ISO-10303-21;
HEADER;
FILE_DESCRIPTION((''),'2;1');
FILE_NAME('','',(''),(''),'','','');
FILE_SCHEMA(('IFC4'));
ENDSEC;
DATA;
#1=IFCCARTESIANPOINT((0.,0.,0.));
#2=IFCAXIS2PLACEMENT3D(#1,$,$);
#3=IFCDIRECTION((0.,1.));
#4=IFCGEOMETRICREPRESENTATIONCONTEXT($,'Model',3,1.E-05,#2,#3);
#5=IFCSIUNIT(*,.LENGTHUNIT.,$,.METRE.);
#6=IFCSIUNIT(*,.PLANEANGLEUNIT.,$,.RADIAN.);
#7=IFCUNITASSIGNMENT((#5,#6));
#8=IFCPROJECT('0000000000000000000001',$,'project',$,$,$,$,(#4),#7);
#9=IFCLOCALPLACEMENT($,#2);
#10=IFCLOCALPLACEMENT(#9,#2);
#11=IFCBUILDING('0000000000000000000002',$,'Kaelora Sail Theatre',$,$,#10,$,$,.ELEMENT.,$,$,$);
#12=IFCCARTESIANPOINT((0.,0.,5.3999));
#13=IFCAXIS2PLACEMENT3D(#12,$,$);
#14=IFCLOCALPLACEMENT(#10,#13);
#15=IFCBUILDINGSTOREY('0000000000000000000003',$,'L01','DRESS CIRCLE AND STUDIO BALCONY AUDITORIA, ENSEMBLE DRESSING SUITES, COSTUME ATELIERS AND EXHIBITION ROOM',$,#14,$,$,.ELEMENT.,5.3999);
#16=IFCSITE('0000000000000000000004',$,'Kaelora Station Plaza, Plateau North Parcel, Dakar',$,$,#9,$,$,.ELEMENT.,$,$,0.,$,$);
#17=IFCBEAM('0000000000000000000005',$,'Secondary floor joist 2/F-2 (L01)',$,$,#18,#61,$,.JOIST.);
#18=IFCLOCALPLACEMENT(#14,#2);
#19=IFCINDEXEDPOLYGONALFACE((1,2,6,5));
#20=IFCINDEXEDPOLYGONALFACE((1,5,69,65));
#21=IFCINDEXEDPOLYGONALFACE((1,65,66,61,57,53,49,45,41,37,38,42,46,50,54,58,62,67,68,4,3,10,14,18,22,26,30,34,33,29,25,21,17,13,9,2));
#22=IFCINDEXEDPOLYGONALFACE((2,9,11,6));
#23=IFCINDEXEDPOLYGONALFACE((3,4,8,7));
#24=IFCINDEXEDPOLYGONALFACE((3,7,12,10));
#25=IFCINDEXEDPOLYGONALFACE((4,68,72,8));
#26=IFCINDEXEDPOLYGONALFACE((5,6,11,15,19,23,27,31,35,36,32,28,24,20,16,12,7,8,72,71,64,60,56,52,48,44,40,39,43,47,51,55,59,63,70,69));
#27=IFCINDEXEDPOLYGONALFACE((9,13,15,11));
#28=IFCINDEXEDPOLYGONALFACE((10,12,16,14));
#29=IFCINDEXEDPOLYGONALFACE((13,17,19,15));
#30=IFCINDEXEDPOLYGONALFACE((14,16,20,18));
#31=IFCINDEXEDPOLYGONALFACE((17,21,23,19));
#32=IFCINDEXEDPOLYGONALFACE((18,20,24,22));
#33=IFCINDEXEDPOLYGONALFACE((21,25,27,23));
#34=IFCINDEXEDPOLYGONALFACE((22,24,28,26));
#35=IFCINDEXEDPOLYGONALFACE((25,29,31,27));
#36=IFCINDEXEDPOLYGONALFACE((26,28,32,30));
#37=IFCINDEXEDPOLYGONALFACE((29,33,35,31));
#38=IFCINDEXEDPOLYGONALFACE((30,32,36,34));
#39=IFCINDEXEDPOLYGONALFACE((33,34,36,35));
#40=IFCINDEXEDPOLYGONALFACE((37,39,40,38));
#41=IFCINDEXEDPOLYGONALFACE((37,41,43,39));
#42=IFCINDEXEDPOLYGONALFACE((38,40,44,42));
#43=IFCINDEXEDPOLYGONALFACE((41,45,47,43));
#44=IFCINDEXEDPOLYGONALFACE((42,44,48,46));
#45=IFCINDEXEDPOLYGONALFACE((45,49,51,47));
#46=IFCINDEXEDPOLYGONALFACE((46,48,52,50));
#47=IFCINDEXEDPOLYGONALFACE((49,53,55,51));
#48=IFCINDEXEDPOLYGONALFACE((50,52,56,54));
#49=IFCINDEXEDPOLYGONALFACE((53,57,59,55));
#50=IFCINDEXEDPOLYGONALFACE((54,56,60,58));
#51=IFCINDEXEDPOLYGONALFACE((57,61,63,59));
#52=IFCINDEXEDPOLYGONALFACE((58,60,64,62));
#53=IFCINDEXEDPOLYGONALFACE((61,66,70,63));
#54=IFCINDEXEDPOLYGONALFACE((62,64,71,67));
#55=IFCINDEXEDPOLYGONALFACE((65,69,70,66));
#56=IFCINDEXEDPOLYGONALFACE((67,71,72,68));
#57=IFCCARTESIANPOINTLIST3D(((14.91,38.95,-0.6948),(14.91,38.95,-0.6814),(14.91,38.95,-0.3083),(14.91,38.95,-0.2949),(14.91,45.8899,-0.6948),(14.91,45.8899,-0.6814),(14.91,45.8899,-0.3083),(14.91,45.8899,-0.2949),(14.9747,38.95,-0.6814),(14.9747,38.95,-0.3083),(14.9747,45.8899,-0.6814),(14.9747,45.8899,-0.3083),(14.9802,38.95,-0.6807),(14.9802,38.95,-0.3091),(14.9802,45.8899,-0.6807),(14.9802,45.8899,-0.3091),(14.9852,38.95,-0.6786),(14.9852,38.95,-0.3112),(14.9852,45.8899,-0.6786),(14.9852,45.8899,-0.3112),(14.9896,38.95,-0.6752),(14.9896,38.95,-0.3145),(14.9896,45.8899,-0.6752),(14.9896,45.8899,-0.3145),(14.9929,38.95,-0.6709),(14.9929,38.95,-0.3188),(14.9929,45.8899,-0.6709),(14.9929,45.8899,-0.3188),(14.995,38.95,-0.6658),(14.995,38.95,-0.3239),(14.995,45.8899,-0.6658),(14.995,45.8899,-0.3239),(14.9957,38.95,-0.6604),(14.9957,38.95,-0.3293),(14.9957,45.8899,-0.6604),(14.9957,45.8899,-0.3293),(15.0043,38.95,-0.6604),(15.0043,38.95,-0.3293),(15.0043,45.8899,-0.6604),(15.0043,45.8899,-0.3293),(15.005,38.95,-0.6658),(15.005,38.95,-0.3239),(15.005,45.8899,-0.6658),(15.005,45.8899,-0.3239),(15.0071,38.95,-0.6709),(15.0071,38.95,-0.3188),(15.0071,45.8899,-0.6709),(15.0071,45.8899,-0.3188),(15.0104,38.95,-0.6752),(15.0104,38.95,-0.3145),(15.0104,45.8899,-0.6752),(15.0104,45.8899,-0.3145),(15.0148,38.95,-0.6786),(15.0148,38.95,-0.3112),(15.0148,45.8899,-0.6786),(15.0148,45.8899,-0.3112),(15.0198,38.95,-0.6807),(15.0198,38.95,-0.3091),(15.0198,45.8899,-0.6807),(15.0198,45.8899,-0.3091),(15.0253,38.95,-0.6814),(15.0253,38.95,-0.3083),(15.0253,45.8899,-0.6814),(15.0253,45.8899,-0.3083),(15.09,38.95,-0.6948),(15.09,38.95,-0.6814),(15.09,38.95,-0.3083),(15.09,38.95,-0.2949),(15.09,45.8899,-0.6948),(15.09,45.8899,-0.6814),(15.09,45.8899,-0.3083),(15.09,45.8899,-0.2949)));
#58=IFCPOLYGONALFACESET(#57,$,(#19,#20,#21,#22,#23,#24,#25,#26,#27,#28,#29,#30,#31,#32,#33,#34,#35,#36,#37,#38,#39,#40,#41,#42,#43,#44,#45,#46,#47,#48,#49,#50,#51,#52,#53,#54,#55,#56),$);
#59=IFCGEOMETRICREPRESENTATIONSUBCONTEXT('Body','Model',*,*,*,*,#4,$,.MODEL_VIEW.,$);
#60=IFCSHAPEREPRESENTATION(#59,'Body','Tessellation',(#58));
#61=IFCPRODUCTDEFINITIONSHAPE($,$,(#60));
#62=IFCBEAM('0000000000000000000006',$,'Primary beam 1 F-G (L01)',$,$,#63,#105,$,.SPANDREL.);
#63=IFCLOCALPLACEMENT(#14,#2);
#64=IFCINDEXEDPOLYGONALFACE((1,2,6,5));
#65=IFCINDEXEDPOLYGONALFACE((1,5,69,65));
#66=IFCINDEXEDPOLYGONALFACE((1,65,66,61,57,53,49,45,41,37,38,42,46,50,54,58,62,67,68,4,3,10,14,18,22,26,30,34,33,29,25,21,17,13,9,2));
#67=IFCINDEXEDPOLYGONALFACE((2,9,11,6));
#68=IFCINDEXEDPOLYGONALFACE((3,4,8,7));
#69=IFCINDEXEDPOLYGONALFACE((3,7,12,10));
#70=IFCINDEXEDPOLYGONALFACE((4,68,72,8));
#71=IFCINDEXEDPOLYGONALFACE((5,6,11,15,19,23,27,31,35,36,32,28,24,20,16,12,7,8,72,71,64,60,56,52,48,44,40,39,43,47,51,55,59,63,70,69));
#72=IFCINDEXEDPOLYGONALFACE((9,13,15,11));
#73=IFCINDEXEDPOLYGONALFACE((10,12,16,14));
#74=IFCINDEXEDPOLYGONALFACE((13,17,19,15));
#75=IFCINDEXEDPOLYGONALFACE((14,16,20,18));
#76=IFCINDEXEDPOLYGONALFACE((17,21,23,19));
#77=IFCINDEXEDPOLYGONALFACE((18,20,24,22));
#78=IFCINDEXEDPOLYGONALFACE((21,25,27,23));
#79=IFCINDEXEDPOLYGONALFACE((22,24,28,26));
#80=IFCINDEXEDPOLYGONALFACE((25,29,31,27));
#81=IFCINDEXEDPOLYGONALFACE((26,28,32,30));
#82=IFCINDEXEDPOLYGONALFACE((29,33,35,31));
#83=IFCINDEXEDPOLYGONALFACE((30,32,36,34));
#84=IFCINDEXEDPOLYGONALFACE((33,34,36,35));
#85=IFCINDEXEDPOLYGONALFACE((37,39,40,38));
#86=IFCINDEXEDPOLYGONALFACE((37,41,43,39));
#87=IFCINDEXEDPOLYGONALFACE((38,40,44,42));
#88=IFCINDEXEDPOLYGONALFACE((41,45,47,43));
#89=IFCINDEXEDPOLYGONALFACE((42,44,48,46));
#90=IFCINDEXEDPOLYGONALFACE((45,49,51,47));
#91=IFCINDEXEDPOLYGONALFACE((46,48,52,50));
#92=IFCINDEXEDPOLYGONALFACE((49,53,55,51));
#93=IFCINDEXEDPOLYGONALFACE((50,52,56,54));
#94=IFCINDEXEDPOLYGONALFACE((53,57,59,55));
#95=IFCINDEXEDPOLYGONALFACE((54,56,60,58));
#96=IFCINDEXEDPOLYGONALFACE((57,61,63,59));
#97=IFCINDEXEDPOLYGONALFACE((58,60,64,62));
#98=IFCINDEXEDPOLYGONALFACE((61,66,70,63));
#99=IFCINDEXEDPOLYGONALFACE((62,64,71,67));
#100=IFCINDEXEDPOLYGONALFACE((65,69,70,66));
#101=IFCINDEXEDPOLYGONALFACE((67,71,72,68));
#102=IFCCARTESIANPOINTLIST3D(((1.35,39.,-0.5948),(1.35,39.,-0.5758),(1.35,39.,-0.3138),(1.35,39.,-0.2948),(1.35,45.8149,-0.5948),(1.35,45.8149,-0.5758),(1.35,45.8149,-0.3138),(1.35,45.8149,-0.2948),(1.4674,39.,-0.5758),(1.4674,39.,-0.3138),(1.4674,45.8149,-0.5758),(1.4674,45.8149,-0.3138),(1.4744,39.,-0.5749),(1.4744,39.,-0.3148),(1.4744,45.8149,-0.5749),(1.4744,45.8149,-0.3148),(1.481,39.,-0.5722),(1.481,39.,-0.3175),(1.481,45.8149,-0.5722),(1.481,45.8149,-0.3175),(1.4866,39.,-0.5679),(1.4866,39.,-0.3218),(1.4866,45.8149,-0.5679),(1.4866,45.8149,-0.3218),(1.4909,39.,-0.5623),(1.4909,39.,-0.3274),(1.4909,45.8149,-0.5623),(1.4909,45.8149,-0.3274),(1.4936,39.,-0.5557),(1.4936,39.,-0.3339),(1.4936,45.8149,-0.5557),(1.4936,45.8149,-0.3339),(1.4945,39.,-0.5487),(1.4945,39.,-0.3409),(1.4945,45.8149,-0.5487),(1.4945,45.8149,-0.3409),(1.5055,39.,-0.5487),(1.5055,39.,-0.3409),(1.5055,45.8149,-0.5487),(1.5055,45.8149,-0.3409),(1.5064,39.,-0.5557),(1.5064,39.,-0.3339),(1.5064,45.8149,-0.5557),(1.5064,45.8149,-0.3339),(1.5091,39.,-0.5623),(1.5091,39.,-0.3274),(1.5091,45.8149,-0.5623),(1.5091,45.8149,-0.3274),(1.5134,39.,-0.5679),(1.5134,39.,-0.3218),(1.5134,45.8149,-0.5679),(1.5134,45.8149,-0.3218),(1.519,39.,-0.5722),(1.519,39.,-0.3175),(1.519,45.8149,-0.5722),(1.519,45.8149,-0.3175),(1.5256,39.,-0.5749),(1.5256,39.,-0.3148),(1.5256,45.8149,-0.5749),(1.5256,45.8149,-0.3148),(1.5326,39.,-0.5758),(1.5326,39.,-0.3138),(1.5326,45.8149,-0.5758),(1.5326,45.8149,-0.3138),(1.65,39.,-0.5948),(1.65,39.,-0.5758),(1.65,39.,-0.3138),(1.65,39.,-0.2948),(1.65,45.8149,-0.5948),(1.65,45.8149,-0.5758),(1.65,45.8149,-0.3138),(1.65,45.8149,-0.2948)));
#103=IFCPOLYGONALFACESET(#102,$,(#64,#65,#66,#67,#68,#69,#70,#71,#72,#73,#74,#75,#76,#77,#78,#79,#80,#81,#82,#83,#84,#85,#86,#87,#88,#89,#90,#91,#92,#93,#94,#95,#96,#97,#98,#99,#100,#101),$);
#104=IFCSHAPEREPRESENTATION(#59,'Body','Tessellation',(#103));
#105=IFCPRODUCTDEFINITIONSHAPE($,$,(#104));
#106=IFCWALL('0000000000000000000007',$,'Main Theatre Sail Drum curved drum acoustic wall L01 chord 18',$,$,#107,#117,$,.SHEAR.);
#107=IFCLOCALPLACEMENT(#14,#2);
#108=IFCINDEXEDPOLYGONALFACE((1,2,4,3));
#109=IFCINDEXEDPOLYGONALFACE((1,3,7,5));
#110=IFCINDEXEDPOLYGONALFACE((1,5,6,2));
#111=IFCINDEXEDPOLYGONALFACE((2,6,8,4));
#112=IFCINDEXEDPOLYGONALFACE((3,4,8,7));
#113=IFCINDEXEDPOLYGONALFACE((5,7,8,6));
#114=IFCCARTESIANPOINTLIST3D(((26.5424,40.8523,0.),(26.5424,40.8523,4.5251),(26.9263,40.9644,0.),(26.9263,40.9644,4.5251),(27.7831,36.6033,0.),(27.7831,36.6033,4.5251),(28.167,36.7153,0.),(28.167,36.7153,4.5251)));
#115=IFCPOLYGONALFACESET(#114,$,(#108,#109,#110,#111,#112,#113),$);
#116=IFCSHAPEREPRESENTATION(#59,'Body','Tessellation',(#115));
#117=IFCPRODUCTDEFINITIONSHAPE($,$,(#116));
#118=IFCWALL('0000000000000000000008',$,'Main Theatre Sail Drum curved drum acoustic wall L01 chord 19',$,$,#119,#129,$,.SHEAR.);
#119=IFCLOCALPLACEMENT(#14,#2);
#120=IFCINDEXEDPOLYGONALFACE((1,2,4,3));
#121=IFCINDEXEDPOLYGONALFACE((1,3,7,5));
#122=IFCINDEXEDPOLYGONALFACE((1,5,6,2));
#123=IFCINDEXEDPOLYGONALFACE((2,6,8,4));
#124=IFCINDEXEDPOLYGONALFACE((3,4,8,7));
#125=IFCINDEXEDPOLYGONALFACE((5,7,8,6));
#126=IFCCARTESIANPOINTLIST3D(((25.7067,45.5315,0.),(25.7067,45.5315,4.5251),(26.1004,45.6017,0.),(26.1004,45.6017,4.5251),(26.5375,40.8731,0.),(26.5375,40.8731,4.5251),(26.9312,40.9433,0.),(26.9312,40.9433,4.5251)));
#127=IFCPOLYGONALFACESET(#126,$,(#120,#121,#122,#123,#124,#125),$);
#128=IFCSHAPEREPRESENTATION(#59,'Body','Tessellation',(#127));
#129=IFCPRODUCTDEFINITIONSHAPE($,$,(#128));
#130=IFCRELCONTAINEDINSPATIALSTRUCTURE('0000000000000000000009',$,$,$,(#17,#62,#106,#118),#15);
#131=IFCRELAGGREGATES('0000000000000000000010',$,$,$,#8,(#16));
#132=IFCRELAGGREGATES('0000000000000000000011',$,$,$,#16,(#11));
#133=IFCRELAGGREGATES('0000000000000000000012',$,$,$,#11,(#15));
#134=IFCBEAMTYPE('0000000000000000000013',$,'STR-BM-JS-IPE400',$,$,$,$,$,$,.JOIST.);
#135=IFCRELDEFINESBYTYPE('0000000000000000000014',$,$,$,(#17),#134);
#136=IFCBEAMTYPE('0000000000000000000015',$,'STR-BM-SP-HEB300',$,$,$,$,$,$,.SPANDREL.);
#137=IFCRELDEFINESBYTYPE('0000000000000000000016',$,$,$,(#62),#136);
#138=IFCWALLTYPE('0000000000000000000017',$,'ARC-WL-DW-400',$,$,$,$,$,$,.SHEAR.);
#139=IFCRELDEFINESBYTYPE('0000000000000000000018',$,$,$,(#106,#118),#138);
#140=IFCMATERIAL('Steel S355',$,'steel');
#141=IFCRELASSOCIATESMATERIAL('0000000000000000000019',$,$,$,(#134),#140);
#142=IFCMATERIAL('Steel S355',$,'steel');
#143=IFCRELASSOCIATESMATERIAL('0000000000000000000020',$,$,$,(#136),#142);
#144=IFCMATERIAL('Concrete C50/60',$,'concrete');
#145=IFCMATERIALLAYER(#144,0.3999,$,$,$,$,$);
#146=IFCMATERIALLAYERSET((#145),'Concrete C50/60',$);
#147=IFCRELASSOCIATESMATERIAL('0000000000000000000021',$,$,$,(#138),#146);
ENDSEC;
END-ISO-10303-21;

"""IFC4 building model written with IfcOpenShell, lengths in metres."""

from ifc_helpers import new_model, si_unit, direction, frame, frame_2d, origin, origin_2d, place, context, subcontext, project, spatial, rectangle, i_section, extrude, material, layer, layer_set, material_profile, profile_set, type_object, element, save


model = new_model("IFC4")

# Units and contexts
model_context = context("Model", 3, precision=1e-05, world=origin(), true_north=direction((0.0, 1.0)))
body_context = subcontext(model_context, "Body", "Model", "MODEL_VIEW")
ifc_project = project(units=[si_unit("LENGTHUNIT", "METRE"), si_unit("PLANEANGLEUNIT", "RADIAN")], contexts=[model_context])

# Site, building, storey
site_placement = place(None, origin())
site = spatial("IfcSite", under=ifc_project, at=site_placement, Name="Kaelora Station Plaza, Plateau North Parcel, Dakar", CompositionType="ELEMENT", RefElevation=0.0)
building_placement = place(site_placement, origin())
building = spatial("IfcBuilding", under=site, at=building_placement, Name="Kaelora Sail Theatre", CompositionType="ELEMENT")
storey_placement = place(building_placement, frame((0.0, 0.0, 5.3999)))
storey = spatial("IfcBuildingStorey", under=building, at=storey_placement, Name="L01", Description="DRESS CIRCLE AND STUDIO BALCONY AUDITORIA, ENSEMBLE DRESSING SUITES, COSTUME ATELIERS AND EXHIBITION ROOM", CompositionType="ELEMENT", Elevation=5.3999)

# Beams
ifc_material_1 = material(Name="Steel S355", Category="steel")
ifc_material_profile_1 = material_profile(ifc_material_1, i_section(OverallWidth=0.1799, OverallDepth=0.3999, WebThickness=0.0085, FlangeThickness=0.0134, FilletRadius=0.021, at=origin_2d()), Name="IPE 400")
ifc_profile_set_1 = profile_set([ifc_material_profile_1], Name="Steel S355")
beam_type_1 = type_object("IfcBeamType", Name="STR-BM-JS-IPE400", PredefinedType="JOIST", material=ifc_profile_set_1)
beam_1_placement = place(storey_placement, frame((15.0, 38.95, -0.4949), z_axis=(0.0, 1.0, 0.0), x_axis=(-1.0, 0.0, 0.0)))
element("IfcBeam", 1, at=beam_1_placement, inside=storey, type_object=beam_type_1, Name="Secondary floor joist 2/F-2 (L01)", PredefinedType="JOIST", context=body_context, shape_type="SweptSolid", body=[
    extrude(i_section(OverallWidth=0.1799, OverallDepth=0.3999, WebThickness=0.0085, FlangeThickness=0.0134, FilletRadius=0.021, at=origin_2d()), origin(), (0.0, 0.0, 1.0), 6.9399),
])
ifc_material_2 = material(Name="Steel S355", Category="steel")
ifc_material_profile_2 = material_profile(ifc_material_2, i_section(OverallWidth=0.3, OverallDepth=0.3, WebThickness=0.011, FlangeThickness=0.019, FilletRadius=0.0271, at=origin_2d()), Name="HEB 300")
ifc_profile_set_2 = profile_set([ifc_material_profile_2], Name="Steel S355")
beam_type_2 = type_object("IfcBeamType", Name="STR-BM-SP-HEB300", PredefinedType="SPANDREL", material=ifc_profile_set_2)
beam_2_placement = place(storey_placement, frame((1.5, 39.0, -0.4448), z_axis=(0.0, 1.0, 0.0), x_axis=(-1.0, 0.0, 0.0)))
element("IfcBeam", 2, at=beam_2_placement, inside=storey, type_object=beam_type_2, Name="Primary beam 1 F-G (L01)", PredefinedType="SPANDREL", context=body_context, shape_type="SweptSolid", body=[
    extrude(i_section(OverallWidth=0.3, OverallDepth=0.3, WebThickness=0.011, FlangeThickness=0.019, FilletRadius=0.0271, at=origin_2d()), origin(), (0.0, 0.0, 1.0), 6.8149),
])

# Walls
ifc_material_3 = material(Name="Concrete C50/60", Category="concrete")
ifc_layer = layer(ifc_material_3, 0.3999)
ifc_layer_set = layer_set([ifc_layer], Name="Concrete C50/60")
wall_type = type_object("IfcWallType", Name="ARC-WL-DW-400", PredefinedType="SHEAR", material=ifc_layer_set)
wall_1_placement = place(storey_placement, frame((27.9751, 36.6592, 0.0), z_axis=(0.0, 0.0, 1.0), x_axis=(-0.280296, 0.959913, 0.0)))
element("IfcWall", 3, at=wall_1_placement, inside=storey, type_object=wall_type, Name="Main Theatre Sail Drum curved drum acoustic wall L01 chord 18", PredefinedType="SHEAR", context=body_context, shape_type="SweptSolid", body=[
    extrude(rectangle(XDim=4.4265, YDim=0.3999, at=frame_2d((2.2134, 0.0))), origin(), (0.0, 0.0, 1.0), 4.5251),
])
wall_2_placement = place(storey_placement, frame((26.7344, 40.9082, 0.0), z_axis=(0.0, 0.0, 1.0), x_axis=(-0.175575, 0.984466, 0.0)))
element("IfcWall", 4, at=wall_2_placement, inside=storey, type_object=wall_type, Name="Main Theatre Sail Drum curved drum acoustic wall L01 chord 19", PredefinedType="SHEAR", context=body_context, shape_type="SweptSolid", body=[
    extrude(rectangle(XDim=4.7319, YDim=0.3999, at=frame_2d((2.366, 0.0))), origin(), (0.0, 0.0, 1.0), 4.5251),
])

save(model, "model.ifc")
